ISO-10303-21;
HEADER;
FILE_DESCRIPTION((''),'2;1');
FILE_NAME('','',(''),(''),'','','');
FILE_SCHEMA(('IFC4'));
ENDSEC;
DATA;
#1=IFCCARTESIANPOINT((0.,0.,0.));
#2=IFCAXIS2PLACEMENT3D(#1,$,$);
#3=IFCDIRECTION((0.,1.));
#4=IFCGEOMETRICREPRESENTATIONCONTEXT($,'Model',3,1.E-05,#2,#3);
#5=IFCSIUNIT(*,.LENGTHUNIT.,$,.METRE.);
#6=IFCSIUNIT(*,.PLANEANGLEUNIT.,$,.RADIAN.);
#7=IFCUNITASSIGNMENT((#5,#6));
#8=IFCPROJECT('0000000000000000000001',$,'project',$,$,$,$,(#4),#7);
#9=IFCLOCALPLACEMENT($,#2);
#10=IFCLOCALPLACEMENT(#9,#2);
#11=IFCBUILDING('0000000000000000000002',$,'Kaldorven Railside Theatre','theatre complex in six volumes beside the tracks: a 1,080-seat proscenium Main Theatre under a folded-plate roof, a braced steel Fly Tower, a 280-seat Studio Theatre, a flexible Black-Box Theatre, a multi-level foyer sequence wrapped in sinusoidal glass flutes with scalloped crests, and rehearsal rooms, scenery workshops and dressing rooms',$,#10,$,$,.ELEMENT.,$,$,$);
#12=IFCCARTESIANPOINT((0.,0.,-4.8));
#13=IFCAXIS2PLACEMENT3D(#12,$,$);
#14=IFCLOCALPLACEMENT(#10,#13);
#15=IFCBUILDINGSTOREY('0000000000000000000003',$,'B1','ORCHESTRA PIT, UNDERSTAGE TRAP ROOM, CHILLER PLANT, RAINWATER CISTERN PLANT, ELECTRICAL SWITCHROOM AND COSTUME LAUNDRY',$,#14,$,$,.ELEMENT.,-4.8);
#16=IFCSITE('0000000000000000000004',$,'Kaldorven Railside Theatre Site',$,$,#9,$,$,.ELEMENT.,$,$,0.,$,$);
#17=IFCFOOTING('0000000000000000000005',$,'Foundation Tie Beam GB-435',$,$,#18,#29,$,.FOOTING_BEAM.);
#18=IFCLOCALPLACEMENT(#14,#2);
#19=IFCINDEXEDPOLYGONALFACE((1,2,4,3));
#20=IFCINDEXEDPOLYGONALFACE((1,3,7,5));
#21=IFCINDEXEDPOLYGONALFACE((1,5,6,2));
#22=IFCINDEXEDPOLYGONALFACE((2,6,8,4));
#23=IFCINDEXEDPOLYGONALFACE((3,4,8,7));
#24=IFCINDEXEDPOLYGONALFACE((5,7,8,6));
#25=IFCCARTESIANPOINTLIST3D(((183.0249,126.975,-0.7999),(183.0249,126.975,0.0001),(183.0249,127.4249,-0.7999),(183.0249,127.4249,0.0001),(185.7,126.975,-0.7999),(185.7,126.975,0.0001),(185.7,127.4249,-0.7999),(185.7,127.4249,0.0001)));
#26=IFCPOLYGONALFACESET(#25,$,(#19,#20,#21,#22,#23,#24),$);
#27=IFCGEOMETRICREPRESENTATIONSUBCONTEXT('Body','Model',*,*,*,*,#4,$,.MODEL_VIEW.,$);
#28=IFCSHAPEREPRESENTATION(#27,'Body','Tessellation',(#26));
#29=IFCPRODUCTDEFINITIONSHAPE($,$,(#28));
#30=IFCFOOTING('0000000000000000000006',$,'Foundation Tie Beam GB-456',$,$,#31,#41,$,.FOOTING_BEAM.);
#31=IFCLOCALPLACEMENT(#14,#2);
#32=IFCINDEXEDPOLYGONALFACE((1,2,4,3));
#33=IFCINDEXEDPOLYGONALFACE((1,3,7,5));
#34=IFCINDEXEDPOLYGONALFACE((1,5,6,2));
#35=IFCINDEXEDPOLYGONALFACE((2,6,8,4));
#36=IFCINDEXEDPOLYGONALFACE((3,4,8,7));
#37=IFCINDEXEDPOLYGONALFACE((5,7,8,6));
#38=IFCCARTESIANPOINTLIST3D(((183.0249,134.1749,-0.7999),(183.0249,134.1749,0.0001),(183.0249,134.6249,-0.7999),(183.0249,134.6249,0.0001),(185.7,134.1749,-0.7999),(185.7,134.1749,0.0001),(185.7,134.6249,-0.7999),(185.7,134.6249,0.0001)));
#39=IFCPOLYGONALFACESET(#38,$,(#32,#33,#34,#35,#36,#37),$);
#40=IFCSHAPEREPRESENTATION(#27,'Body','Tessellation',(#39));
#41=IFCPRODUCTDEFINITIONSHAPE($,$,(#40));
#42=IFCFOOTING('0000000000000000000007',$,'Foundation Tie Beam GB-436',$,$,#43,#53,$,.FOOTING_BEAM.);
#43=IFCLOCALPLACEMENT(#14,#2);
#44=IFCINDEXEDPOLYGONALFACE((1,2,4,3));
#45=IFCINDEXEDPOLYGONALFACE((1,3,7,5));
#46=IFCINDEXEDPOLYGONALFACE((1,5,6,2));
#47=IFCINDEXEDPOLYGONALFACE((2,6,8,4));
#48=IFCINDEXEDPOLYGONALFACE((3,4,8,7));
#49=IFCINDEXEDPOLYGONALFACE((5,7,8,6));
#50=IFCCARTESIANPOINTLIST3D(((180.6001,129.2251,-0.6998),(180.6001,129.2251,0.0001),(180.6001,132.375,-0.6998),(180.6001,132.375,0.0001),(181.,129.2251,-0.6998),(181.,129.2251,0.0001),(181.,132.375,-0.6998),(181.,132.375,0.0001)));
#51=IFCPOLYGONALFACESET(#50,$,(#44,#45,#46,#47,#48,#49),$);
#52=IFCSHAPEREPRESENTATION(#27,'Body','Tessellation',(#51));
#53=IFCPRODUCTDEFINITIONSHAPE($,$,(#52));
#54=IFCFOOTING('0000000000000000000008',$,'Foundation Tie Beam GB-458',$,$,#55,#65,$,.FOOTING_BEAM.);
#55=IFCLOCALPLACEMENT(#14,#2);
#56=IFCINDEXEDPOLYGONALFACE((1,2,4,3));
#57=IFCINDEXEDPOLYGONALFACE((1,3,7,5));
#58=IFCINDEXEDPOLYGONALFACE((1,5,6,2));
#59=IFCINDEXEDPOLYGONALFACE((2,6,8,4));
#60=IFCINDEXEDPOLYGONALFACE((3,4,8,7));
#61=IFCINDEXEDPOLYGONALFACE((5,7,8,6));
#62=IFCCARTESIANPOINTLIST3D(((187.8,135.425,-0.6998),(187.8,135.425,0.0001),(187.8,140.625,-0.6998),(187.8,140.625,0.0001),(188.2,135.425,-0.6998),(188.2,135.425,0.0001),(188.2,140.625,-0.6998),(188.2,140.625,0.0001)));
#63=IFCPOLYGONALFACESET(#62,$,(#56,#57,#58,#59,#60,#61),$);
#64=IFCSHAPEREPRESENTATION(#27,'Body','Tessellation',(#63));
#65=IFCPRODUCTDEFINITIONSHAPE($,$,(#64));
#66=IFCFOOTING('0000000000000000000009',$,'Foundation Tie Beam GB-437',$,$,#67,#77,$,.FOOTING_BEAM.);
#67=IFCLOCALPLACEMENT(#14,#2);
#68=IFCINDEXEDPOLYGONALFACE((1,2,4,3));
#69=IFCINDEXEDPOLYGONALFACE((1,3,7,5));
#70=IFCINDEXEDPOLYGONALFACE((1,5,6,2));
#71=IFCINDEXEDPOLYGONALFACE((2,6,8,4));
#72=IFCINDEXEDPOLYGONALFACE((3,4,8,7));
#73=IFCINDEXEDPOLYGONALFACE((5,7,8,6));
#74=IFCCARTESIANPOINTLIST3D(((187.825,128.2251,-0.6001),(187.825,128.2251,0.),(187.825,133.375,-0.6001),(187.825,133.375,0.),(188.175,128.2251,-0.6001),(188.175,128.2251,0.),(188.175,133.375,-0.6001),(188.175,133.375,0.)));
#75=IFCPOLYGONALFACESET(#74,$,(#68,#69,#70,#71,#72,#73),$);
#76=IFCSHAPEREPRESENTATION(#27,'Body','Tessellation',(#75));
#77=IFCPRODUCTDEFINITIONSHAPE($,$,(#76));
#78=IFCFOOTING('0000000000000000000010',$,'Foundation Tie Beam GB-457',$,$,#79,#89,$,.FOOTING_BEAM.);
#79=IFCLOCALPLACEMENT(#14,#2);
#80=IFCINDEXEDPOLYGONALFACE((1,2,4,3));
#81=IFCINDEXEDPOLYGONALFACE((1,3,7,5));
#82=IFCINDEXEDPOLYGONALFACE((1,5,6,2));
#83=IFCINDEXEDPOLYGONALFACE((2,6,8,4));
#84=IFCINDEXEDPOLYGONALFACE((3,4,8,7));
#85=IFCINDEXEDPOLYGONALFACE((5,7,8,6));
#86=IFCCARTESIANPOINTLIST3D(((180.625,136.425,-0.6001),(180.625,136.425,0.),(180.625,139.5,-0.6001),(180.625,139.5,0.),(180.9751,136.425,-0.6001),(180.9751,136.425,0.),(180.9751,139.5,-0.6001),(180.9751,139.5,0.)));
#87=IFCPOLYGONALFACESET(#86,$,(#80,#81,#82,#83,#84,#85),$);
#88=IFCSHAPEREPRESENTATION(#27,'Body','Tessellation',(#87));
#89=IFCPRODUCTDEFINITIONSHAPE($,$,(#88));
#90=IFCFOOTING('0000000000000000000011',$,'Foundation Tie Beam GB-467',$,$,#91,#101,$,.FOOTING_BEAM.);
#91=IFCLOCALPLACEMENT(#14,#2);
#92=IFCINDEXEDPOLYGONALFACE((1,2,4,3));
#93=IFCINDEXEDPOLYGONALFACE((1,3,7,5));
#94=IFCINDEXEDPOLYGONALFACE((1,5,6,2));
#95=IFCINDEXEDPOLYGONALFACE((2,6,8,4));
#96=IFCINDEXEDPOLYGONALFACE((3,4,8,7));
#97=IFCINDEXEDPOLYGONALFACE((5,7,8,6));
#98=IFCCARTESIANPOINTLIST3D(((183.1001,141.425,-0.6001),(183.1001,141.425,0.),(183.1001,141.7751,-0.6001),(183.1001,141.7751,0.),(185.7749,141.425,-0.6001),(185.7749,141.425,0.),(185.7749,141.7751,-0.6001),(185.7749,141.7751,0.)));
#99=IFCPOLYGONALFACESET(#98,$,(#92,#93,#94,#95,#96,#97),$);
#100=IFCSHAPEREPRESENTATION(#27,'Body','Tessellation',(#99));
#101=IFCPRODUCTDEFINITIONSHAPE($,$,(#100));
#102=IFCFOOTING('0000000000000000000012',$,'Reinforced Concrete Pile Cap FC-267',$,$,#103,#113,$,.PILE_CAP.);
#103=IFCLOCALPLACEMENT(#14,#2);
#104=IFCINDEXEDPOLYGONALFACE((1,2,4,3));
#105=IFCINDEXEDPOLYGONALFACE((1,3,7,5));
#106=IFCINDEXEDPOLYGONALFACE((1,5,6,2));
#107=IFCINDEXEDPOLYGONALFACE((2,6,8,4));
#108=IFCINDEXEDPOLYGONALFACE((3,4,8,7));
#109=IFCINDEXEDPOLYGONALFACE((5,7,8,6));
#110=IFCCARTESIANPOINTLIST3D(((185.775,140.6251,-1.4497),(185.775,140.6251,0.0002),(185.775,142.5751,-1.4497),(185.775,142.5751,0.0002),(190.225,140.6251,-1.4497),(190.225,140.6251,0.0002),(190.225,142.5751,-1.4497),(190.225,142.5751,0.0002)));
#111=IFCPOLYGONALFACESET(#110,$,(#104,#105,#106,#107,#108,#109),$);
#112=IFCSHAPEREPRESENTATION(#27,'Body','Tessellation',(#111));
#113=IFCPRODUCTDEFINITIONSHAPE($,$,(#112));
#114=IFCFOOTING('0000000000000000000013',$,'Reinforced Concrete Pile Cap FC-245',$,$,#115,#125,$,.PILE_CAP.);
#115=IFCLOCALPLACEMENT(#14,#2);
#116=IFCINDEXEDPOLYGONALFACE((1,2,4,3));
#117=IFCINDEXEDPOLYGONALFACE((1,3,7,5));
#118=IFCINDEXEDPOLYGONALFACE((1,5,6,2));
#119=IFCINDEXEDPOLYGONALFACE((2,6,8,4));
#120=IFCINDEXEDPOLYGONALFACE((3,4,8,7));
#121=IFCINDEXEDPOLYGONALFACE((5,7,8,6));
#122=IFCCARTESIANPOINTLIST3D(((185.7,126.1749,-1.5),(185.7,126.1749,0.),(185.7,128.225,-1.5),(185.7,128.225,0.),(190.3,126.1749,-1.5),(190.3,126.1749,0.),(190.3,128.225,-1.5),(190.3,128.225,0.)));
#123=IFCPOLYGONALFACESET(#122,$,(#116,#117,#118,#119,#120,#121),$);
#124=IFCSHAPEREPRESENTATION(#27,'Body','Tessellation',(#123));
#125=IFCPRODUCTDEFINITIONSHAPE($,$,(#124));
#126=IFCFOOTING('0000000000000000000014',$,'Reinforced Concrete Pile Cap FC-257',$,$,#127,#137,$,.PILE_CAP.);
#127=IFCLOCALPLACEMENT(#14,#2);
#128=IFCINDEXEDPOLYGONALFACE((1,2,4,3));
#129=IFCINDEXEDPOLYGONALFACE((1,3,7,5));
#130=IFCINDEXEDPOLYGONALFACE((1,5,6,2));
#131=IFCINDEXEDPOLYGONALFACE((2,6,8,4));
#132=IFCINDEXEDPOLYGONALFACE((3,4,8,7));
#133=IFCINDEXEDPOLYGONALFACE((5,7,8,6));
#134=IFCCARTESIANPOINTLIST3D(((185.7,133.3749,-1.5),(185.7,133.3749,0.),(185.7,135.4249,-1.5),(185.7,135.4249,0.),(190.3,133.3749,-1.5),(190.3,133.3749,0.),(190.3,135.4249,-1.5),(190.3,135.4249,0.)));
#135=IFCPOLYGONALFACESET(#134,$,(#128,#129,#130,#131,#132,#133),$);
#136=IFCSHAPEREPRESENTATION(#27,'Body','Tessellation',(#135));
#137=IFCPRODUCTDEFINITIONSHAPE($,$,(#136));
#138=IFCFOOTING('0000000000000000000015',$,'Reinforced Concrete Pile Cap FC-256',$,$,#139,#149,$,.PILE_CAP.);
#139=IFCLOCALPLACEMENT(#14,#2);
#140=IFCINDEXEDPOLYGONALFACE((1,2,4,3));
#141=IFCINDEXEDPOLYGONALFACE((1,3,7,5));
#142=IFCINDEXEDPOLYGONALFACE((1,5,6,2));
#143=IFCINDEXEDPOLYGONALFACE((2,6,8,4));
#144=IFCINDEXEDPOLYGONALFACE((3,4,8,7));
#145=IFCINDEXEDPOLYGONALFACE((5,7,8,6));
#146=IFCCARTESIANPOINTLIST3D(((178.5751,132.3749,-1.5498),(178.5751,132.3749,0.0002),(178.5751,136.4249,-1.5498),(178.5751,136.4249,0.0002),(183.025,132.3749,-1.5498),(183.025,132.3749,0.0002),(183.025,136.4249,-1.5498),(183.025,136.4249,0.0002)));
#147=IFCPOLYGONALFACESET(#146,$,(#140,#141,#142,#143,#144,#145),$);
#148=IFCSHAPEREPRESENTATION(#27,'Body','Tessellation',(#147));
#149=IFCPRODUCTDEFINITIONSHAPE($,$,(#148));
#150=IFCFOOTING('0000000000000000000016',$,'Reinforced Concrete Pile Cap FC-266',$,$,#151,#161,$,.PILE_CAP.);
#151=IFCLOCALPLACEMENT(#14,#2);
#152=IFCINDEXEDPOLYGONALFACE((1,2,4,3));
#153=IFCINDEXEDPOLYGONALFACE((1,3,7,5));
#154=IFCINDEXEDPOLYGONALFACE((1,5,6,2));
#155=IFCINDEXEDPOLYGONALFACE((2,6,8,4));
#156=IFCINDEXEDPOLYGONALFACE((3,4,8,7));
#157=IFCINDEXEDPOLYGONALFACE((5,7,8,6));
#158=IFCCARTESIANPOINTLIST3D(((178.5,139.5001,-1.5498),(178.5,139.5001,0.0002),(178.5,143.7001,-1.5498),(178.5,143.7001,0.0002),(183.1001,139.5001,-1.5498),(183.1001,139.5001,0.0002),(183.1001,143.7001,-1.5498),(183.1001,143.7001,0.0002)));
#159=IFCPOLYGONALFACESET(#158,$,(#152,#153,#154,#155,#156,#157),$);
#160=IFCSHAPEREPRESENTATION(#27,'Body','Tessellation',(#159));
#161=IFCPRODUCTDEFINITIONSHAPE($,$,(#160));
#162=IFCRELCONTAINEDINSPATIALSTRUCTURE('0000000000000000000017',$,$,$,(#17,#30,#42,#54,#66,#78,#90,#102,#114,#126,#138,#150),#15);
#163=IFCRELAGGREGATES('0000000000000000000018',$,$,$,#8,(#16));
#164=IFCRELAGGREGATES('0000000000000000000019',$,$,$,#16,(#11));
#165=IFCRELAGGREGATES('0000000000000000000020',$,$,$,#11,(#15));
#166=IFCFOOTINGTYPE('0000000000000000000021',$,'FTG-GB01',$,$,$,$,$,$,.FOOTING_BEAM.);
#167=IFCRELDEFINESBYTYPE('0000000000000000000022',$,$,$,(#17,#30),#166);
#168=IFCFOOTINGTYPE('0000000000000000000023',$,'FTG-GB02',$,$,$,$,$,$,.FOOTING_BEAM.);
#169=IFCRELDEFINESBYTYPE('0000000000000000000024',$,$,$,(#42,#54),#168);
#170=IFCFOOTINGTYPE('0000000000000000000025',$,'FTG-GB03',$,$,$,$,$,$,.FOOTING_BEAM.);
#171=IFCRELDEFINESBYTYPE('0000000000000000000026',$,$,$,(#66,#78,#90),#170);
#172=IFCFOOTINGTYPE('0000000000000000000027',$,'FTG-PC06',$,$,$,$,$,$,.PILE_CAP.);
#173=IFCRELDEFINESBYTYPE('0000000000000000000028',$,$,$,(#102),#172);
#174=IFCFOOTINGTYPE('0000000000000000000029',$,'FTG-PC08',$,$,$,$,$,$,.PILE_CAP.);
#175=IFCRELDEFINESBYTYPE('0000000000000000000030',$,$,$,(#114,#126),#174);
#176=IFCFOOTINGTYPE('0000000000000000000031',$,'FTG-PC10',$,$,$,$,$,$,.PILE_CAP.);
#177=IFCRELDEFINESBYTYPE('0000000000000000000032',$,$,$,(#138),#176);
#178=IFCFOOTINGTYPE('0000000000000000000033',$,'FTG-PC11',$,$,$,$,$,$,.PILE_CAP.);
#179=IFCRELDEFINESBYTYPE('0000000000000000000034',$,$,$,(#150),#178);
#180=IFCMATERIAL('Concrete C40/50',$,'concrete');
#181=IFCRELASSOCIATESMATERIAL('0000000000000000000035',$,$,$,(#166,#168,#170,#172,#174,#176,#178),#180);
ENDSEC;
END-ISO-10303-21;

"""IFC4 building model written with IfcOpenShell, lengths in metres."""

from ifc_helpers import new_model, si_unit, direction, frame, origin, origin_2d, place, context, subcontext, project, spatial, rectangle, extrude, material, material_profile, profile_set, type_object, element, save


model = new_model("IFC4")

# Units and contexts
model_context = context("Model", 3, precision=1e-05, world=origin(), true_north=direction((0.0, 1.0)))
body_context = subcontext(model_context, "Body", "Model", "MODEL_VIEW")
ifc_project = project(units=[si_unit("LENGTHUNIT", "METRE"), si_unit("PLANEANGLEUNIT", "RADIAN")], contexts=[model_context])

# Site, building, storey
site_placement = place(None, origin())
site = spatial("IfcSite", under=ifc_project, at=site_placement, Name="Kaldorven Railside Theatre Site", CompositionType="ELEMENT", RefElevation=0.0)
building_placement = place(site_placement, origin())
building = spatial("IfcBuilding", under=site, at=building_placement, Name="Kaldorven Railside Theatre", Description="theatre complex in six volumes beside the tracks: a 1,080-seat proscenium Main Theatre under a folded-plate roof, a braced steel Fly Tower, a 280-seat Studio Theatre, a flexible Black-Box Theatre, a multi-level foyer sequence wrapped in sinusoidal glass flutes with scalloped crests, and rehearsal rooms, scenery workshops and dressing rooms", CompositionType="ELEMENT")
storey_placement = place(building_placement, frame((0.0, 0.0, -4.8)))
storey = spatial("IfcBuildingStorey", under=building, at=storey_placement, Name="B1", Description="ORCHESTRA PIT, UNDERSTAGE TRAP ROOM, CHILLER PLANT, RAINWATER CISTERN PLANT, ELECTRICAL SWITCHROOM AND COSTUME LAUNDRY", CompositionType="ELEMENT", Elevation=-4.8)

# Footings
ifc_material_1 = material(Name="Concrete C40/50", Category="concrete")
ifc_material_profile_1 = material_profile(ifc_material_1, rectangle(XDim=0.45, YDim=0.8, at=origin_2d()), Name="RC 450x800")
ifc_profile_set_1 = profile_set([ifc_material_profile_1], Name="Concrete C40/50")
footing_type_1 = type_object("IfcFootingType", Name="FTG-GB01", PredefinedType="FOOTING_BEAM", material=ifc_profile_set_1)
for number, where, z_axis, x_axis, name in (
    (1, (183.0249, 127.2, -0.3999), (1.0, 0.0, 0.0), (0.0, 1.0, 0.0), "Foundation Tie Beam GB-435"),
    (2, (183.0249, 134.3999, -0.3999), (1.0, 0.0, 0.0), (0.0, 1.0, 0.0), "Foundation Tie Beam GB-456"),
):
    element("IfcFooting", number, at=place(storey_placement, frame(where, z_axis=z_axis, x_axis=x_axis)), inside=storey, type_object=footing_type_1, Name=name, PredefinedType="FOOTING_BEAM", context=body_context, shape_type="SweptSolid", body=[
        extrude(rectangle(XDim=0.45, YDim=0.8, at=origin_2d()), origin(), (0.0, 0.0, 1.0), 2.675),
    ])
ifc_material_profile_2 = material_profile(ifc_material_1, rectangle(XDim=0.3999, YDim=0.7, at=origin_2d()), Name="RC 400x700")
ifc_profile_set_2 = profile_set([ifc_material_profile_2], Name="Concrete C40/50")
footing_type_2 = type_object("IfcFootingType", Name="FTG-GB02", PredefinedType="FOOTING_BEAM", material=ifc_profile_set_2)
footing_1_placement = place(storey_placement, frame((180.8, 129.2251, -0.3499), z_axis=(0.0, 1.0, 0.0), x_axis=(-1.0, 0.0, 0.0)))
element("IfcFooting", 3, at=footing_1_placement, inside=storey, type_object=footing_type_2, Name="Foundation Tie Beam GB-436", PredefinedType="FOOTING_BEAM", context=body_context, shape_type="SweptSolid", body=[
    extrude(rectangle(XDim=0.3999, YDim=0.7, at=origin_2d()), origin(), (0.0, 0.0, 1.0), 3.1499),
])
footing_2_placement = place(storey_placement, frame((188.0, 135.425, -0.3499), z_axis=(0.0, 1.0, 0.0), x_axis=(-1.0, 0.0, 0.0)))
element("IfcFooting", 4, at=footing_2_placement, inside=storey, type_object=footing_type_2, Name="Foundation Tie Beam GB-458", PredefinedType="FOOTING_BEAM", context=body_context, shape_type="SweptSolid", body=[
    extrude(rectangle(XDim=0.3999, YDim=0.7, at=origin_2d()), origin(), (0.0, 0.0, 1.0), 5.2),
])
ifc_material_profile_3 = material_profile(ifc_material_1, rectangle(XDim=0.3501, YDim=0.6001, at=origin_2d()), Name="RC 350x600")
ifc_profile_set_3 = profile_set([ifc_material_profile_3], Name="Concrete C40/50")
footing_type_3 = type_object("IfcFootingType", Name="FTG-GB03", PredefinedType="FOOTING_BEAM", material=ifc_profile_set_3)
footing_3_placement = place(storey_placement, frame((188.0, 128.2251, -0.3), z_axis=(0.0, 1.0, 0.0), x_axis=(-1.0, 0.0, 0.0)))
element("IfcFooting", 5, at=footing_3_placement, inside=storey, type_object=footing_type_3, Name="Foundation Tie Beam GB-437", PredefinedType="FOOTING_BEAM", context=body_context, shape_type="SweptSolid", body=[
    extrude(rectangle(XDim=0.3501, YDim=0.6001, at=origin_2d()), origin(), (0.0, 0.0, 1.0), 5.1499),
])
footing_4_placement = place(storey_placement, frame((180.8, 136.425, -0.3), z_axis=(0.0, 1.0, 0.0), x_axis=(-1.0, 0.0, 0.0)))
element("IfcFooting", 6, at=footing_4_placement, inside=storey, type_object=footing_type_3, Name="Foundation Tie Beam GB-457", PredefinedType="FOOTING_BEAM", context=body_context, shape_type="SweptSolid", body=[
    extrude(rectangle(XDim=0.3501, YDim=0.6001, at=origin_2d()), origin(), (0.0, 0.0, 1.0), 3.075),
])
footing_5_placement = place(storey_placement, frame((183.1001, 141.6001, -0.3), z_axis=(1.0, 0.0, 0.0), x_axis=(0.0, 1.0, 0.0)))
element("IfcFooting", 7, at=footing_5_placement, inside=storey, type_object=footing_type_3, Name="Foundation Tie Beam GB-467", PredefinedType="FOOTING_BEAM", context=body_context, shape_type="SweptSolid", body=[
    extrude(rectangle(XDim=0.3501, YDim=0.6001, at=origin_2d()), origin(), (0.0, 0.0, 1.0), 2.6748),
])
footing_type_4 = type_object("IfcFootingType", Name="FTG-PC06", PredefinedType="PILE_CAP", material=ifc_material_1)
footing_6_placement = place(storey_placement, frame((188.0, 141.6001, -1.4497), z_axis=(0.0, 0.0, 1.0), x_axis=(1.0, 0.0, 0.0)))
element("IfcFooting", 8, at=footing_6_placement, inside=storey, type_object=footing_type_4, Name="Reinforced Concrete Pile Cap FC-267", PredefinedType="PILE_CAP", context=body_context, shape_type="SweptSolid", body=[
    extrude(rectangle(XDim=4.45, YDim=1.95, at=origin_2d()), origin(), (0.0, 0.0, 1.0), 1.45),
])
footing_type_5 = type_object("IfcFootingType", Name="FTG-PC08", PredefinedType="PILE_CAP", material=ifc_material_1)
for number, where, z_axis, x_axis, name in (
    (9, (188.0, 127.2, -1.5), (0.0, 0.0, 1.0), (1.0, 0.0, 0.0), "Reinforced Concrete Pile Cap FC-245"),
    (10, (188.0, 134.3999, -1.5), (0.0, 0.0, 1.0), (1.0, 0.0, 0.0), "Reinforced Concrete Pile Cap FC-257"),
):
    element("IfcFooting", number, at=place(storey_placement, frame(where, z_axis=z_axis, x_axis=x_axis)), inside=storey, type_object=footing_type_5, Name=name, PredefinedType="PILE_CAP", context=body_context, shape_type="SweptSolid", body=[
        extrude(rectangle(XDim=4.6001, YDim=2.05, at=origin_2d()), origin(), (0.0, 0.0, 1.0), 1.5),
    ])
footing_type_6 = type_object("IfcFootingType", Name="FTG-PC10", PredefinedType="PILE_CAP", material=ifc_material_1)
footing_7_placement = place(storey_placement, frame((180.8, 134.3999, -1.5498), z_axis=(0.0, 0.0, 1.0), x_axis=(1.0, 0.0, 0.0)))
element("IfcFooting", 11, at=footing_7_placement, inside=storey, type_object=footing_type_6, Name="Reinforced Concrete Pile Cap FC-256", PredefinedType="PILE_CAP", context=body_context, shape_type="SweptSolid", body=[
    extrude(rectangle(XDim=4.45, YDim=4.05, at=origin_2d()), origin(), (0.0, 0.0, 1.0), 1.55),
])
footing_type_7 = type_object("IfcFootingType", Name="FTG-PC11", PredefinedType="PILE_CAP", material=ifc_material_1)
footing_8_placement = place(storey_placement, frame((180.8, 141.6001, -1.5498), z_axis=(0.0, 0.0, 1.0), x_axis=(1.0, 0.0, 0.0)))
element("IfcFooting", 12, at=footing_8_placement, inside=storey, type_object=footing_type_7, Name="Reinforced Concrete Pile Cap FC-266", PredefinedType="PILE_CAP", context=body_context, shape_type="SweptSolid", body=[
    extrude(rectangle(XDim=4.6001, YDim=4.2, at=origin_2d()), origin(), (0.0, 0.0, 1.0), 1.55),
])

save(model, "model.ifc")
